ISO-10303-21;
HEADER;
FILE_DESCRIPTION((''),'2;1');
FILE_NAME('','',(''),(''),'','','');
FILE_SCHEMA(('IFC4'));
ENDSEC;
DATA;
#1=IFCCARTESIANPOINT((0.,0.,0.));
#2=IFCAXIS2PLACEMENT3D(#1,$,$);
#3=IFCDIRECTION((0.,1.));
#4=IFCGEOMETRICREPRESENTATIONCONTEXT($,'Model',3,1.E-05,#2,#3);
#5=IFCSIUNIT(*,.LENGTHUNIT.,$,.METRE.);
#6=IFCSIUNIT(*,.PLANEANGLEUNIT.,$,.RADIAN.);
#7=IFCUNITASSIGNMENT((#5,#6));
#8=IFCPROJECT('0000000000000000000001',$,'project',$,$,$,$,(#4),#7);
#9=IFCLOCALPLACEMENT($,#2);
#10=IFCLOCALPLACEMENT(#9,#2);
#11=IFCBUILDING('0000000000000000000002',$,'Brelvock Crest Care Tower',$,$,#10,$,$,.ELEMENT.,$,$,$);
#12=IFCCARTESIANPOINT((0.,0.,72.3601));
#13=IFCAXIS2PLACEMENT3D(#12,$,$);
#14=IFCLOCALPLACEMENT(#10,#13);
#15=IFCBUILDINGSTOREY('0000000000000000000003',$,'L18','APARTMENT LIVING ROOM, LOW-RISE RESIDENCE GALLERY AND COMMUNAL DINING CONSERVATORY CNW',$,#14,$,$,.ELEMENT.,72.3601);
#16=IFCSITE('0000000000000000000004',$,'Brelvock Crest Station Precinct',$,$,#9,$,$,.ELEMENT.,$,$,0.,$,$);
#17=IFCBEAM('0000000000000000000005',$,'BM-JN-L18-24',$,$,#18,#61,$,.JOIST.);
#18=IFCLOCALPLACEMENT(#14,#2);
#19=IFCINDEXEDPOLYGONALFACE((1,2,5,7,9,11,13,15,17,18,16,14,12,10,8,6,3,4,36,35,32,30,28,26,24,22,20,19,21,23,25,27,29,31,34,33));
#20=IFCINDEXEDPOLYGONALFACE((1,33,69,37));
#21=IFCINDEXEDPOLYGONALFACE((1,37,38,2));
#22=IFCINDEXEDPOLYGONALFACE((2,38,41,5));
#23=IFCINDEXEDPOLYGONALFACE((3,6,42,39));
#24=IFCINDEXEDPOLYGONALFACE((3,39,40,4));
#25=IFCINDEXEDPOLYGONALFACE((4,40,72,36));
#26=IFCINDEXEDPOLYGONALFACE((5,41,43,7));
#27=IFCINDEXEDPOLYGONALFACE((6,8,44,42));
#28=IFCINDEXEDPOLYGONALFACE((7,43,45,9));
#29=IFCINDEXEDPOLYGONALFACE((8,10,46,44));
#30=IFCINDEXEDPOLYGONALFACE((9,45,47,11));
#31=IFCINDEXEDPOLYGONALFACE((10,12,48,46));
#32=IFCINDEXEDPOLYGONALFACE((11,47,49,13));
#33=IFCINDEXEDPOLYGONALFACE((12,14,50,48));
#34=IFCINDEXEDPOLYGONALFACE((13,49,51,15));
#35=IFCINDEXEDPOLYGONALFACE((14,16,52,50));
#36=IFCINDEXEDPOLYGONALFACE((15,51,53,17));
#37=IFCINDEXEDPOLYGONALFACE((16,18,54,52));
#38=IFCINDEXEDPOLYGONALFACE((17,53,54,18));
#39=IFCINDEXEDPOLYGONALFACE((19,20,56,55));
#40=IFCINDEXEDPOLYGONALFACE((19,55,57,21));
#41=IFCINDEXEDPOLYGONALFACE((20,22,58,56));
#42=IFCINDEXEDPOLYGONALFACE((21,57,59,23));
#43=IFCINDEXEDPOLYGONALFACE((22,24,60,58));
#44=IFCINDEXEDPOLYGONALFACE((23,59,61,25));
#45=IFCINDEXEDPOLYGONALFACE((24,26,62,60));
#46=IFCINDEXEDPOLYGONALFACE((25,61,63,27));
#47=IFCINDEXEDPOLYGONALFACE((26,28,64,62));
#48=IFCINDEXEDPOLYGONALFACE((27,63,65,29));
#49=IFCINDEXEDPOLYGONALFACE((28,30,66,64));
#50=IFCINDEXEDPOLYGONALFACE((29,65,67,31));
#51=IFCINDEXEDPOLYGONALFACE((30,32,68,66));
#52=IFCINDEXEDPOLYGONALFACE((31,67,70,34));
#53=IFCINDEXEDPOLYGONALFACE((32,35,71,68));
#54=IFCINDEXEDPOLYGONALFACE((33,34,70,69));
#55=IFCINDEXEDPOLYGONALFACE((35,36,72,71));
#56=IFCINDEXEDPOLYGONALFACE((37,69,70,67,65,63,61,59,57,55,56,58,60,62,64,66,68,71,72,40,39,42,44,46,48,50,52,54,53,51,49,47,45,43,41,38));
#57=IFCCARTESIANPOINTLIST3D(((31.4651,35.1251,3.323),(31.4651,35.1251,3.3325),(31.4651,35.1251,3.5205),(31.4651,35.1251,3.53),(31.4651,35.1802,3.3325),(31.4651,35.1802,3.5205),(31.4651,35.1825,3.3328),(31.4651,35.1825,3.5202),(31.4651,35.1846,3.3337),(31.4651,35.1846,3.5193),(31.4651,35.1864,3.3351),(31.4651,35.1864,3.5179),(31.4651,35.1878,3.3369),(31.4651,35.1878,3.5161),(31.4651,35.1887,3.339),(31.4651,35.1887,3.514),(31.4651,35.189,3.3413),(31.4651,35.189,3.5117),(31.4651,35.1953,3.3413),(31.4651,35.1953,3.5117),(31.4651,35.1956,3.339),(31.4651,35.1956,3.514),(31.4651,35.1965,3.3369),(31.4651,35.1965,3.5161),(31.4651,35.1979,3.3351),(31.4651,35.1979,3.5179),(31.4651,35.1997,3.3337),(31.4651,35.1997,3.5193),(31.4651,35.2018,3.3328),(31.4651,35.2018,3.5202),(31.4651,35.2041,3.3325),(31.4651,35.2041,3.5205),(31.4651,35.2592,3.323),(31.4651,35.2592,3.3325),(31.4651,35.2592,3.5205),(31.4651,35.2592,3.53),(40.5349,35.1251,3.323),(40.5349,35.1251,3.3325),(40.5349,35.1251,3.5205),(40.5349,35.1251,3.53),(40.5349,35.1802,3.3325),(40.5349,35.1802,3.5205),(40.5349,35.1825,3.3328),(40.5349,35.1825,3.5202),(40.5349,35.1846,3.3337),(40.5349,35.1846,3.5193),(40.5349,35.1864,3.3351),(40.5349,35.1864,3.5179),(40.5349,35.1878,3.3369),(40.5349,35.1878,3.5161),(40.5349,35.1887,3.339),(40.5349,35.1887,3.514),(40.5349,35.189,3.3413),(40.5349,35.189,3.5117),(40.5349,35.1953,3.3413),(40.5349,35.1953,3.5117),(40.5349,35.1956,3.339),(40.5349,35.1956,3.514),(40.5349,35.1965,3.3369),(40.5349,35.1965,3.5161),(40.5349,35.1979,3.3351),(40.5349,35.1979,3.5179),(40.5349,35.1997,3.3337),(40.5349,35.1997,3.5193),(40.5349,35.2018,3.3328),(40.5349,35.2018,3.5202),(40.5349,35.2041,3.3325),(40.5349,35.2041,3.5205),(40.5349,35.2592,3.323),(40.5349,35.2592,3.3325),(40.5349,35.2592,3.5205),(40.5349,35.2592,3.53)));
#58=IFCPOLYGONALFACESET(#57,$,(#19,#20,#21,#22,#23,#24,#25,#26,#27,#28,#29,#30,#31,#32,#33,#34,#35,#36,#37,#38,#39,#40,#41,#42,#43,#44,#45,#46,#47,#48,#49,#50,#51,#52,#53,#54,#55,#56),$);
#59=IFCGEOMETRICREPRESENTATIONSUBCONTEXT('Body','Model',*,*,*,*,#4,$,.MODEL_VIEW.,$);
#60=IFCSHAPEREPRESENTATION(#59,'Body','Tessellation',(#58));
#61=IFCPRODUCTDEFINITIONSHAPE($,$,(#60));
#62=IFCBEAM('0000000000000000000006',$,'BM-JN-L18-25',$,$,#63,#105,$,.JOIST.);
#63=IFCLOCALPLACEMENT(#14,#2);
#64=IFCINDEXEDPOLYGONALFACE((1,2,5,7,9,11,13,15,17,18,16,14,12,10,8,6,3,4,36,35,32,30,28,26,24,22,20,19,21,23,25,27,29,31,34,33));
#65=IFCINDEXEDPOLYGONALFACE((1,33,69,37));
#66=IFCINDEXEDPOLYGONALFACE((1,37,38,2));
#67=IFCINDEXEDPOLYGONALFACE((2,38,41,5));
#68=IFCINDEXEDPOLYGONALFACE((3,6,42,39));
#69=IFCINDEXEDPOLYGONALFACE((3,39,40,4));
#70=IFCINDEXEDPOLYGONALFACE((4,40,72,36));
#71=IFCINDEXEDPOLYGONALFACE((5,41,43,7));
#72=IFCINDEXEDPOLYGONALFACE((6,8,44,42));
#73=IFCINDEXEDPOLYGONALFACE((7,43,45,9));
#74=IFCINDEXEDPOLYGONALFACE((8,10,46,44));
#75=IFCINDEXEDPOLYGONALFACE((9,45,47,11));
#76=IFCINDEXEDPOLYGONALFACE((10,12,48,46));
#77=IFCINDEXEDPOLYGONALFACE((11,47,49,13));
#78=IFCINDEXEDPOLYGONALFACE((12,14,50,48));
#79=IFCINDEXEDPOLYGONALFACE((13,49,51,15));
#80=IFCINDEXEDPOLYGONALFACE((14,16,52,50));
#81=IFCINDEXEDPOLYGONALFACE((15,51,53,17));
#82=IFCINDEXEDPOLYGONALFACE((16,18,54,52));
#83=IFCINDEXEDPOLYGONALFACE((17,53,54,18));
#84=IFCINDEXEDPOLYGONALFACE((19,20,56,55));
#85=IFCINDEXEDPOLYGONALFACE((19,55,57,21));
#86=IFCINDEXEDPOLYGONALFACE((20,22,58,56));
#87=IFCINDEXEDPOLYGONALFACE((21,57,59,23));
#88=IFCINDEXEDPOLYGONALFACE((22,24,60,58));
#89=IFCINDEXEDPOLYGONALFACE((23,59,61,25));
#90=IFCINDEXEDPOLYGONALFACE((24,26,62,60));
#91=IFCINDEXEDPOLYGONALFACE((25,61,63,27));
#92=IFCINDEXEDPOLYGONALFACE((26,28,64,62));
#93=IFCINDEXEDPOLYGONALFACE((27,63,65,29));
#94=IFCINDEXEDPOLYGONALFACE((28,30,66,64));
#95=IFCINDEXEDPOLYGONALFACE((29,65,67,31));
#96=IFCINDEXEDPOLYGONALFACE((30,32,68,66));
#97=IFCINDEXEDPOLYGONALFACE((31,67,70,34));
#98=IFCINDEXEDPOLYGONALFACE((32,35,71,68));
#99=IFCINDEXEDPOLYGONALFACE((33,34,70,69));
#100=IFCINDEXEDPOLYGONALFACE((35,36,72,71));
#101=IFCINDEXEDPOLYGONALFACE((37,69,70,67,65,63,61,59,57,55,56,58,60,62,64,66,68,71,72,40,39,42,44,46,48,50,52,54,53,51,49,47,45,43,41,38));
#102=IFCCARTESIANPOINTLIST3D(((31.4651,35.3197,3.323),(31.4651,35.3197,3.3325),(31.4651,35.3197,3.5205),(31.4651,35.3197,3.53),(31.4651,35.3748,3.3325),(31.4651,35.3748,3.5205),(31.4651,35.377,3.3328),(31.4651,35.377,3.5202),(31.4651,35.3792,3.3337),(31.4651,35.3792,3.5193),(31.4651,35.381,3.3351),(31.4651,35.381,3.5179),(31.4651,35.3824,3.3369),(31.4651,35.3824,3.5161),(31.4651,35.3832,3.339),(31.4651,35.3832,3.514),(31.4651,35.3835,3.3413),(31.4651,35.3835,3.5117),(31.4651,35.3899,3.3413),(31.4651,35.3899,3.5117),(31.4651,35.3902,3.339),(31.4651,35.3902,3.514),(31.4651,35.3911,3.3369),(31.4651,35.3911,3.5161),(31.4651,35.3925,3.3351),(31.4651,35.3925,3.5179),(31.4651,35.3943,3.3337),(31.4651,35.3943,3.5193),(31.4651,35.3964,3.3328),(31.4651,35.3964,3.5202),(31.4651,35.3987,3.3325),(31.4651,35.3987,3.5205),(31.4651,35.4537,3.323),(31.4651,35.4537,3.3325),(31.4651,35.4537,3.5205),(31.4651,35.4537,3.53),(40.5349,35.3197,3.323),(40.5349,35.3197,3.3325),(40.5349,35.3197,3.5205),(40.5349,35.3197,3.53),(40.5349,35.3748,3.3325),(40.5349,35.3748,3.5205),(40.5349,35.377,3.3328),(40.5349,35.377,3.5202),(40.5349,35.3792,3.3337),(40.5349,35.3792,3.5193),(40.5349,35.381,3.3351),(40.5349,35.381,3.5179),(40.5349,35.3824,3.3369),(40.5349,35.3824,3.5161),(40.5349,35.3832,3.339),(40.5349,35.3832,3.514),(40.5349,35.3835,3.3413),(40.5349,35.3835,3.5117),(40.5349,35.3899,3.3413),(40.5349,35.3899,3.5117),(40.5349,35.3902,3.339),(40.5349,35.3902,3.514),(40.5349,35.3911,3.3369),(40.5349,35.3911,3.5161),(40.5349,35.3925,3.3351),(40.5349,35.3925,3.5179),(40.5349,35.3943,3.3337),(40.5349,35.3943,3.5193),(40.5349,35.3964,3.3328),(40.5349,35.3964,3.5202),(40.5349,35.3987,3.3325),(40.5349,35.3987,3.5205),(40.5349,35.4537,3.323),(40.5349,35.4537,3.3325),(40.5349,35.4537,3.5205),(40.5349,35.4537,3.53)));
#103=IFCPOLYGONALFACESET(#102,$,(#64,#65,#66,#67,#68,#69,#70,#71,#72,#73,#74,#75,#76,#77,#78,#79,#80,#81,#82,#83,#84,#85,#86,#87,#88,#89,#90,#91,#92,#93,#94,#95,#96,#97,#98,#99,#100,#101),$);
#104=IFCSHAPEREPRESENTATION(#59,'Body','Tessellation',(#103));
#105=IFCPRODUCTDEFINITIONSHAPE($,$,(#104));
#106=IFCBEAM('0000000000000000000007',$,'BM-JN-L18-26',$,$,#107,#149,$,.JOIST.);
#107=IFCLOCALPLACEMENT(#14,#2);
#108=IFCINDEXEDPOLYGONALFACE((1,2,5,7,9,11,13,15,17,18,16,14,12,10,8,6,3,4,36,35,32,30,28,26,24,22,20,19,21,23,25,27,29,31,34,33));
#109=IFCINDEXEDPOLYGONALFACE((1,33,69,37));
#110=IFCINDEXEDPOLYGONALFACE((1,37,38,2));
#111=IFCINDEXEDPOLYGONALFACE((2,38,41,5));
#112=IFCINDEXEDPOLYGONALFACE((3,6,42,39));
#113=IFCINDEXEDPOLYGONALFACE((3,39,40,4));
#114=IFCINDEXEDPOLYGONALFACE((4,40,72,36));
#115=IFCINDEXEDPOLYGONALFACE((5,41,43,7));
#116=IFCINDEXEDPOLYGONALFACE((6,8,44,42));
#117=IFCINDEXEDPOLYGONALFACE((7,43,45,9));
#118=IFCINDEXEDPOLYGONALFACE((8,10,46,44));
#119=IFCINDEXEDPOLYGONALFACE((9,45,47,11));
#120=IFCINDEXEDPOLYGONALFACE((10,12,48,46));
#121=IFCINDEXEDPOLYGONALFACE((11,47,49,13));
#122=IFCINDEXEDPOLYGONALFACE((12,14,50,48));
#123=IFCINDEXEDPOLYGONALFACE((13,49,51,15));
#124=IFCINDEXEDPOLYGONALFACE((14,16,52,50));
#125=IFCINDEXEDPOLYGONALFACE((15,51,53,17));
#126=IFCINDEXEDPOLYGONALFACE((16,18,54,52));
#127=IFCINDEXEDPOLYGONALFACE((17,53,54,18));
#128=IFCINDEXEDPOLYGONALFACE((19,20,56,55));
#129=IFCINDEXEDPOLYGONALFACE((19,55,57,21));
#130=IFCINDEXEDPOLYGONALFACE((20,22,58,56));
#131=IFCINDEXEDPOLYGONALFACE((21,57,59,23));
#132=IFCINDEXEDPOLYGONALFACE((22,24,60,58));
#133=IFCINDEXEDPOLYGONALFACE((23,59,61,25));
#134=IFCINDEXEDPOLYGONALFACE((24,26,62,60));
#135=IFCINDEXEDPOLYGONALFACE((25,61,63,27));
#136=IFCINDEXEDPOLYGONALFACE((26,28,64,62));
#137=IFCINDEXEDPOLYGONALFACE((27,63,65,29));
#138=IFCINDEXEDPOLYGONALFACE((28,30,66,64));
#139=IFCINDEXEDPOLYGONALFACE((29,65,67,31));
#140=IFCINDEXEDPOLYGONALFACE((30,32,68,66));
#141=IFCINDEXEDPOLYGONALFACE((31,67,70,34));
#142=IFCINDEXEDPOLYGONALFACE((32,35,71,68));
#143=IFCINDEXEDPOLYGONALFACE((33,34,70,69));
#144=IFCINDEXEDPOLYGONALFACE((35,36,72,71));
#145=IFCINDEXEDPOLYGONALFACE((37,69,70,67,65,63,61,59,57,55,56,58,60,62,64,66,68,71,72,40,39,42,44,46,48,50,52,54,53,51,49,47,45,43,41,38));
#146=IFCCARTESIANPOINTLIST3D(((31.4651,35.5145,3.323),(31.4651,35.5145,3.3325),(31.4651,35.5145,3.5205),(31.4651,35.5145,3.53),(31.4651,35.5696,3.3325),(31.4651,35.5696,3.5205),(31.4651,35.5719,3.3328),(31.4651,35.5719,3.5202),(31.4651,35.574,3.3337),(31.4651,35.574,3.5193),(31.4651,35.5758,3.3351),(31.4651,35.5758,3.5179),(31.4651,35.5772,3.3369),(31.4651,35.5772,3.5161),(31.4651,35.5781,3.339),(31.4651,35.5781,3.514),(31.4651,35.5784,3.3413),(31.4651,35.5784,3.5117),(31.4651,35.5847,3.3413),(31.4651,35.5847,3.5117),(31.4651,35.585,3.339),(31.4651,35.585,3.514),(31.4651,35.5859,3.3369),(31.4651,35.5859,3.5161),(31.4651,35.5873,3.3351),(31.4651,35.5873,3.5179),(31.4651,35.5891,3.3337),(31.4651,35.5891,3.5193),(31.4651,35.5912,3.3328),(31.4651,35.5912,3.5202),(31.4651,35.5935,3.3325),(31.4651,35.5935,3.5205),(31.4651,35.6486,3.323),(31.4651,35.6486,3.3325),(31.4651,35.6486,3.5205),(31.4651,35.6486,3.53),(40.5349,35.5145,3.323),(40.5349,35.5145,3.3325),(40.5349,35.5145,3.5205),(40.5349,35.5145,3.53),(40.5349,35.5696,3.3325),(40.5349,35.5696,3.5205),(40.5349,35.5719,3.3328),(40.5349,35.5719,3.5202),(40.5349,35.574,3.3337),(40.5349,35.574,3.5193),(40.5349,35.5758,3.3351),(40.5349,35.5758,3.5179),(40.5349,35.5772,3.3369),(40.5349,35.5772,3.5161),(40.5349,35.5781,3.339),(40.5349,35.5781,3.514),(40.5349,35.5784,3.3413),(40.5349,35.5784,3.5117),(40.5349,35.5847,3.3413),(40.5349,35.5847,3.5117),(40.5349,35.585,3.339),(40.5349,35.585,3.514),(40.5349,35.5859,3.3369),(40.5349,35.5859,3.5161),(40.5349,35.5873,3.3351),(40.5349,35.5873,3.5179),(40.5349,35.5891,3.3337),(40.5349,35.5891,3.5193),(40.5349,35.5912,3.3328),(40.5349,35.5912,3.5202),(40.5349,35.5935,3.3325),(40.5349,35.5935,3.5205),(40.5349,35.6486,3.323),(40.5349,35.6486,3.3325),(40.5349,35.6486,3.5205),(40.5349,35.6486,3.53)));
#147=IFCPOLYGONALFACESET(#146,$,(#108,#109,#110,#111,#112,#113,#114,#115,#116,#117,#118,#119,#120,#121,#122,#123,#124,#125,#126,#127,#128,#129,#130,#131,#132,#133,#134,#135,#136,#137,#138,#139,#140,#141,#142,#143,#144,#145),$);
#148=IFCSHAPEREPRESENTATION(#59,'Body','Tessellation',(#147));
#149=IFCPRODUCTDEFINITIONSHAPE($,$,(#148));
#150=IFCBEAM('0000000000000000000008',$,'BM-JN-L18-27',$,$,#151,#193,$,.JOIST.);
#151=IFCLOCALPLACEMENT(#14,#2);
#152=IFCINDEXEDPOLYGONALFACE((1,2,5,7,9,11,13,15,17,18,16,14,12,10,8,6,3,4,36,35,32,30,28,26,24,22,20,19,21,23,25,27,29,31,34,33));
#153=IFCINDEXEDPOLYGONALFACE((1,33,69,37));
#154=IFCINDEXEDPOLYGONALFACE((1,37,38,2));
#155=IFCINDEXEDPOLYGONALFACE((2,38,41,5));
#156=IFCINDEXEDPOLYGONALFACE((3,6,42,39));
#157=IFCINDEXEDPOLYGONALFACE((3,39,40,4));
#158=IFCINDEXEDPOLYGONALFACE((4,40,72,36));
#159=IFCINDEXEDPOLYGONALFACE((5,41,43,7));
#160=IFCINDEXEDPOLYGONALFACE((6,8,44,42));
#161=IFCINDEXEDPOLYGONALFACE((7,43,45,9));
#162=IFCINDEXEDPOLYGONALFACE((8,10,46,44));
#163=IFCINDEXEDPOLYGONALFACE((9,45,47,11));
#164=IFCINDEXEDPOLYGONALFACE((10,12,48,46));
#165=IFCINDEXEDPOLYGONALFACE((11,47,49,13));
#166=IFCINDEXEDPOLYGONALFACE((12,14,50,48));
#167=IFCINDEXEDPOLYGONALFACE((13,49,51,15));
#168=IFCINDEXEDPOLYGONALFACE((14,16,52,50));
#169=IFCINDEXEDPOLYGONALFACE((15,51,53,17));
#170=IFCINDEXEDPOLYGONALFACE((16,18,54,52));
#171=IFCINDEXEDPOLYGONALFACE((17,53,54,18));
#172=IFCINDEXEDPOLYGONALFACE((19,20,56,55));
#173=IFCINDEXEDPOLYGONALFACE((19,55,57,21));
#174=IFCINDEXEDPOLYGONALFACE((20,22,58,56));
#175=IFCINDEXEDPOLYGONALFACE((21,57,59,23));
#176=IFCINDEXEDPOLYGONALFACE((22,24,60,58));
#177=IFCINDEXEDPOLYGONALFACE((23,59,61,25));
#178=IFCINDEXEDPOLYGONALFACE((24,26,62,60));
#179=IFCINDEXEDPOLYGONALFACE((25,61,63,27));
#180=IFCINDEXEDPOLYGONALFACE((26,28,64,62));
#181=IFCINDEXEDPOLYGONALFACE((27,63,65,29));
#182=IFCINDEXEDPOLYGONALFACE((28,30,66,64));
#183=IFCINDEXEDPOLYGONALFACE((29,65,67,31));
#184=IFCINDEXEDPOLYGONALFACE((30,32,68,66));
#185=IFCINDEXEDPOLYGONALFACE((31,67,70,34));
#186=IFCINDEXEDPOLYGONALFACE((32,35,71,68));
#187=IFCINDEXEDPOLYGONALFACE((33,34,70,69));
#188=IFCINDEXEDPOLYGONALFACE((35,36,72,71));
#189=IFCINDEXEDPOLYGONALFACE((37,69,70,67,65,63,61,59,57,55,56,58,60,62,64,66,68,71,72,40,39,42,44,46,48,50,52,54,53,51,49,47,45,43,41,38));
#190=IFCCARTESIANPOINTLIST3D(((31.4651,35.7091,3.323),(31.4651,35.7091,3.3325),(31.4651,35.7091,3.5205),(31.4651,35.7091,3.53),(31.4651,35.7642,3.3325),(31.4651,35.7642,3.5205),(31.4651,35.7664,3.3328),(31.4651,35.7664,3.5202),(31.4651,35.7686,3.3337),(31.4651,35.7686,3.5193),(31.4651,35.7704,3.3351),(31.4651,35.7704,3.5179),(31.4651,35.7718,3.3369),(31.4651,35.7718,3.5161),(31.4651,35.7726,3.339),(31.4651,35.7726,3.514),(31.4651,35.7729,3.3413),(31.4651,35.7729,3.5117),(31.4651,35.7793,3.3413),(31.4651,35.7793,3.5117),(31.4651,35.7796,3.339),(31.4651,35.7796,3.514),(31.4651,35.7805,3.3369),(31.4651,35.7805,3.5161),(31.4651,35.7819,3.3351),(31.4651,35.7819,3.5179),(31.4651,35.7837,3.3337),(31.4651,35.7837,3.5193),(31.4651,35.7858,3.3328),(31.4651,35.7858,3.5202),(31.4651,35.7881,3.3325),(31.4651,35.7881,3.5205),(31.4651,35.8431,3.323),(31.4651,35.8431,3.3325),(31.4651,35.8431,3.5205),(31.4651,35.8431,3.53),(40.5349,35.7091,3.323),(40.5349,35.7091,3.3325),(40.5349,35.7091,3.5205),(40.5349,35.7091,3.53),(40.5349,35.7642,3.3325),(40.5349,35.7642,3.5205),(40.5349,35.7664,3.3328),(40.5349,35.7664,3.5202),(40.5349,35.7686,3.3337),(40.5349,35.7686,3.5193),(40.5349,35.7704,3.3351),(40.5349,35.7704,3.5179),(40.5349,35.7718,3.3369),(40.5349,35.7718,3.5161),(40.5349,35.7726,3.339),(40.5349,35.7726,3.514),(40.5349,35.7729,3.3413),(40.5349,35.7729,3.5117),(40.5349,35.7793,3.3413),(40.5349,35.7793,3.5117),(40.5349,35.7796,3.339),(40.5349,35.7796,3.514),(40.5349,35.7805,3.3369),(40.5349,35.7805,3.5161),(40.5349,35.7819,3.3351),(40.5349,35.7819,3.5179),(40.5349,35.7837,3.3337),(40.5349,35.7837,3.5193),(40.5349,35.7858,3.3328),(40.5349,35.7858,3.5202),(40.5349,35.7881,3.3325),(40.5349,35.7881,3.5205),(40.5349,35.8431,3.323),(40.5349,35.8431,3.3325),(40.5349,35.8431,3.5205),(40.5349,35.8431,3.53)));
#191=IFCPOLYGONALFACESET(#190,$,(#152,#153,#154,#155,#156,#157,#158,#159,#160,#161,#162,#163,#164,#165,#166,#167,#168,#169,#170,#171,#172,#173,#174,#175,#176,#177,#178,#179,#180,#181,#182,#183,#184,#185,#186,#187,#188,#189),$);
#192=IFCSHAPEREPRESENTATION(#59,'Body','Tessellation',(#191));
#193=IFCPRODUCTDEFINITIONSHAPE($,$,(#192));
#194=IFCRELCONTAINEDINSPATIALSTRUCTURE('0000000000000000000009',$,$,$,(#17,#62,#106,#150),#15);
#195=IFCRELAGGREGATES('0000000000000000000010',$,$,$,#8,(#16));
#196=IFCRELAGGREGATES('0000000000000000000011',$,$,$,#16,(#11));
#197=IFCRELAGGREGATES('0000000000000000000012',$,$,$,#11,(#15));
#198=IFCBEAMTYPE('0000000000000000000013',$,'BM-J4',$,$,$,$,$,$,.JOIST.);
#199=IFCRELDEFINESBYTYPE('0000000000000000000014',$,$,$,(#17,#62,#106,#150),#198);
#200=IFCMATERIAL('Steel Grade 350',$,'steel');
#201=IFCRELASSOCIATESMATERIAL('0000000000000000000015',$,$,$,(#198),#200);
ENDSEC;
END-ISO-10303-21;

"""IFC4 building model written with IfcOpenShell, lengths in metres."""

from ifc_helpers import new_model, si_unit, direction, frame, origin, origin_2d, place, context, subcontext, project, spatial, i_section, extrude, source, transform, mapped, material, material_profile, profile_set, type_object, element, save


model = new_model("IFC4")

# Units and contexts
model_context = context("Model", 3, precision=1e-05, world=origin(), true_north=direction((0.0, 1.0)))
body_context = subcontext(model_context, "Body", "Model", "MODEL_VIEW")
ifc_project = project(units=[si_unit("LENGTHUNIT", "METRE"), si_unit("PLANEANGLEUNIT", "RADIAN")], contexts=[model_context])

# Site, building, storey
site_placement = place(None, origin())
site = spatial("IfcSite", under=ifc_project, at=site_placement, Name="Brelvock Crest Station Precinct", CompositionType="ELEMENT", RefElevation=0.0)
building_placement = place(site_placement, origin())
building = spatial("IfcBuilding", under=site, at=building_placement, Name="Brelvock Crest Care Tower", CompositionType="ELEMENT")
storey_placement = place(building_placement, frame((0.0, 0.0, 72.3601)))
storey = spatial("IfcBuildingStorey", under=building, at=storey_placement, Name="L18", Description="APARTMENT LIVING ROOM, LOW-RISE RESIDENCE GALLERY AND COMMUNAL DINING CONSERVATORY CNW", CompositionType="ELEMENT", Elevation=72.3601)

# Shared definitions
ifc_material_1 = material(Name="Steel Grade 350", Category="steel")

# Beams
ifc_material_profile_1 = material_profile(ifc_material_1, i_section(OverallWidth=0.134, OverallDepth=0.207, WebThickness=0.0063, FlangeThickness=0.0095, FilletRadius=0.0088, at=origin_2d()), Name="200UB29.8")
ifc_profile_set_1 = profile_set([ifc_material_profile_1], Name="Steel Grade 350")
beam_type_1 = type_object("IfcBeamType", Name="BM-J4", PredefinedType="JOIST", material=ifc_profile_set_1)
shared_shape_1 = source(origin(), body_context, "Body", "SweptSolid", [
    extrude(i_section(OverallWidth=0.134, OverallDepth=0.207, WebThickness=0.0063, FlangeThickness=0.0095, FilletRadius=0.0088, at=origin_2d()), origin(), (0.0, 0.0, 1.0), 9.0698),
])
for number, where, z_axis, x_axis, name in (
    (1, (31.4651, 35.1921, 3.4265), (1.0, 0.0, 0.0), (0.0, 1.0, 0.0), "BM-JN-L18-24"),
    (2, (31.4651, 35.3867, 3.4265), (1.0, 0.0, 0.0), (0.0, 1.0, 0.0), "BM-JN-L18-25"),
    (3, (31.4651, 35.5815, 3.4265), (1.0, 0.0, 0.0), (0.0, 1.0, 0.0), "BM-JN-L18-26"),
    (4, (31.4651, 35.7761, 3.4265), (1.0, 0.0, 0.0), (0.0, 1.0, 0.0), "BM-JN-L18-27"),
):
    element("IfcBeam", number, at=place(storey_placement, frame(where, z_axis=z_axis, x_axis=x_axis)), inside=storey, type_object=beam_type_1, Name=name, PredefinedType="JOIST", context=body_context, shape_type="MappedRepresentation", body=[
        mapped(shared_shape_1, transform((0.0, 0.0, 0.0), x_axis=(1.0, 0.0, 0.0), y_axis=(0.0, 1.0, 0.0), z_axis=(0.0, 0.0, 1.0), scale=1.0)),
    ])

save(model, "model.ifc")
